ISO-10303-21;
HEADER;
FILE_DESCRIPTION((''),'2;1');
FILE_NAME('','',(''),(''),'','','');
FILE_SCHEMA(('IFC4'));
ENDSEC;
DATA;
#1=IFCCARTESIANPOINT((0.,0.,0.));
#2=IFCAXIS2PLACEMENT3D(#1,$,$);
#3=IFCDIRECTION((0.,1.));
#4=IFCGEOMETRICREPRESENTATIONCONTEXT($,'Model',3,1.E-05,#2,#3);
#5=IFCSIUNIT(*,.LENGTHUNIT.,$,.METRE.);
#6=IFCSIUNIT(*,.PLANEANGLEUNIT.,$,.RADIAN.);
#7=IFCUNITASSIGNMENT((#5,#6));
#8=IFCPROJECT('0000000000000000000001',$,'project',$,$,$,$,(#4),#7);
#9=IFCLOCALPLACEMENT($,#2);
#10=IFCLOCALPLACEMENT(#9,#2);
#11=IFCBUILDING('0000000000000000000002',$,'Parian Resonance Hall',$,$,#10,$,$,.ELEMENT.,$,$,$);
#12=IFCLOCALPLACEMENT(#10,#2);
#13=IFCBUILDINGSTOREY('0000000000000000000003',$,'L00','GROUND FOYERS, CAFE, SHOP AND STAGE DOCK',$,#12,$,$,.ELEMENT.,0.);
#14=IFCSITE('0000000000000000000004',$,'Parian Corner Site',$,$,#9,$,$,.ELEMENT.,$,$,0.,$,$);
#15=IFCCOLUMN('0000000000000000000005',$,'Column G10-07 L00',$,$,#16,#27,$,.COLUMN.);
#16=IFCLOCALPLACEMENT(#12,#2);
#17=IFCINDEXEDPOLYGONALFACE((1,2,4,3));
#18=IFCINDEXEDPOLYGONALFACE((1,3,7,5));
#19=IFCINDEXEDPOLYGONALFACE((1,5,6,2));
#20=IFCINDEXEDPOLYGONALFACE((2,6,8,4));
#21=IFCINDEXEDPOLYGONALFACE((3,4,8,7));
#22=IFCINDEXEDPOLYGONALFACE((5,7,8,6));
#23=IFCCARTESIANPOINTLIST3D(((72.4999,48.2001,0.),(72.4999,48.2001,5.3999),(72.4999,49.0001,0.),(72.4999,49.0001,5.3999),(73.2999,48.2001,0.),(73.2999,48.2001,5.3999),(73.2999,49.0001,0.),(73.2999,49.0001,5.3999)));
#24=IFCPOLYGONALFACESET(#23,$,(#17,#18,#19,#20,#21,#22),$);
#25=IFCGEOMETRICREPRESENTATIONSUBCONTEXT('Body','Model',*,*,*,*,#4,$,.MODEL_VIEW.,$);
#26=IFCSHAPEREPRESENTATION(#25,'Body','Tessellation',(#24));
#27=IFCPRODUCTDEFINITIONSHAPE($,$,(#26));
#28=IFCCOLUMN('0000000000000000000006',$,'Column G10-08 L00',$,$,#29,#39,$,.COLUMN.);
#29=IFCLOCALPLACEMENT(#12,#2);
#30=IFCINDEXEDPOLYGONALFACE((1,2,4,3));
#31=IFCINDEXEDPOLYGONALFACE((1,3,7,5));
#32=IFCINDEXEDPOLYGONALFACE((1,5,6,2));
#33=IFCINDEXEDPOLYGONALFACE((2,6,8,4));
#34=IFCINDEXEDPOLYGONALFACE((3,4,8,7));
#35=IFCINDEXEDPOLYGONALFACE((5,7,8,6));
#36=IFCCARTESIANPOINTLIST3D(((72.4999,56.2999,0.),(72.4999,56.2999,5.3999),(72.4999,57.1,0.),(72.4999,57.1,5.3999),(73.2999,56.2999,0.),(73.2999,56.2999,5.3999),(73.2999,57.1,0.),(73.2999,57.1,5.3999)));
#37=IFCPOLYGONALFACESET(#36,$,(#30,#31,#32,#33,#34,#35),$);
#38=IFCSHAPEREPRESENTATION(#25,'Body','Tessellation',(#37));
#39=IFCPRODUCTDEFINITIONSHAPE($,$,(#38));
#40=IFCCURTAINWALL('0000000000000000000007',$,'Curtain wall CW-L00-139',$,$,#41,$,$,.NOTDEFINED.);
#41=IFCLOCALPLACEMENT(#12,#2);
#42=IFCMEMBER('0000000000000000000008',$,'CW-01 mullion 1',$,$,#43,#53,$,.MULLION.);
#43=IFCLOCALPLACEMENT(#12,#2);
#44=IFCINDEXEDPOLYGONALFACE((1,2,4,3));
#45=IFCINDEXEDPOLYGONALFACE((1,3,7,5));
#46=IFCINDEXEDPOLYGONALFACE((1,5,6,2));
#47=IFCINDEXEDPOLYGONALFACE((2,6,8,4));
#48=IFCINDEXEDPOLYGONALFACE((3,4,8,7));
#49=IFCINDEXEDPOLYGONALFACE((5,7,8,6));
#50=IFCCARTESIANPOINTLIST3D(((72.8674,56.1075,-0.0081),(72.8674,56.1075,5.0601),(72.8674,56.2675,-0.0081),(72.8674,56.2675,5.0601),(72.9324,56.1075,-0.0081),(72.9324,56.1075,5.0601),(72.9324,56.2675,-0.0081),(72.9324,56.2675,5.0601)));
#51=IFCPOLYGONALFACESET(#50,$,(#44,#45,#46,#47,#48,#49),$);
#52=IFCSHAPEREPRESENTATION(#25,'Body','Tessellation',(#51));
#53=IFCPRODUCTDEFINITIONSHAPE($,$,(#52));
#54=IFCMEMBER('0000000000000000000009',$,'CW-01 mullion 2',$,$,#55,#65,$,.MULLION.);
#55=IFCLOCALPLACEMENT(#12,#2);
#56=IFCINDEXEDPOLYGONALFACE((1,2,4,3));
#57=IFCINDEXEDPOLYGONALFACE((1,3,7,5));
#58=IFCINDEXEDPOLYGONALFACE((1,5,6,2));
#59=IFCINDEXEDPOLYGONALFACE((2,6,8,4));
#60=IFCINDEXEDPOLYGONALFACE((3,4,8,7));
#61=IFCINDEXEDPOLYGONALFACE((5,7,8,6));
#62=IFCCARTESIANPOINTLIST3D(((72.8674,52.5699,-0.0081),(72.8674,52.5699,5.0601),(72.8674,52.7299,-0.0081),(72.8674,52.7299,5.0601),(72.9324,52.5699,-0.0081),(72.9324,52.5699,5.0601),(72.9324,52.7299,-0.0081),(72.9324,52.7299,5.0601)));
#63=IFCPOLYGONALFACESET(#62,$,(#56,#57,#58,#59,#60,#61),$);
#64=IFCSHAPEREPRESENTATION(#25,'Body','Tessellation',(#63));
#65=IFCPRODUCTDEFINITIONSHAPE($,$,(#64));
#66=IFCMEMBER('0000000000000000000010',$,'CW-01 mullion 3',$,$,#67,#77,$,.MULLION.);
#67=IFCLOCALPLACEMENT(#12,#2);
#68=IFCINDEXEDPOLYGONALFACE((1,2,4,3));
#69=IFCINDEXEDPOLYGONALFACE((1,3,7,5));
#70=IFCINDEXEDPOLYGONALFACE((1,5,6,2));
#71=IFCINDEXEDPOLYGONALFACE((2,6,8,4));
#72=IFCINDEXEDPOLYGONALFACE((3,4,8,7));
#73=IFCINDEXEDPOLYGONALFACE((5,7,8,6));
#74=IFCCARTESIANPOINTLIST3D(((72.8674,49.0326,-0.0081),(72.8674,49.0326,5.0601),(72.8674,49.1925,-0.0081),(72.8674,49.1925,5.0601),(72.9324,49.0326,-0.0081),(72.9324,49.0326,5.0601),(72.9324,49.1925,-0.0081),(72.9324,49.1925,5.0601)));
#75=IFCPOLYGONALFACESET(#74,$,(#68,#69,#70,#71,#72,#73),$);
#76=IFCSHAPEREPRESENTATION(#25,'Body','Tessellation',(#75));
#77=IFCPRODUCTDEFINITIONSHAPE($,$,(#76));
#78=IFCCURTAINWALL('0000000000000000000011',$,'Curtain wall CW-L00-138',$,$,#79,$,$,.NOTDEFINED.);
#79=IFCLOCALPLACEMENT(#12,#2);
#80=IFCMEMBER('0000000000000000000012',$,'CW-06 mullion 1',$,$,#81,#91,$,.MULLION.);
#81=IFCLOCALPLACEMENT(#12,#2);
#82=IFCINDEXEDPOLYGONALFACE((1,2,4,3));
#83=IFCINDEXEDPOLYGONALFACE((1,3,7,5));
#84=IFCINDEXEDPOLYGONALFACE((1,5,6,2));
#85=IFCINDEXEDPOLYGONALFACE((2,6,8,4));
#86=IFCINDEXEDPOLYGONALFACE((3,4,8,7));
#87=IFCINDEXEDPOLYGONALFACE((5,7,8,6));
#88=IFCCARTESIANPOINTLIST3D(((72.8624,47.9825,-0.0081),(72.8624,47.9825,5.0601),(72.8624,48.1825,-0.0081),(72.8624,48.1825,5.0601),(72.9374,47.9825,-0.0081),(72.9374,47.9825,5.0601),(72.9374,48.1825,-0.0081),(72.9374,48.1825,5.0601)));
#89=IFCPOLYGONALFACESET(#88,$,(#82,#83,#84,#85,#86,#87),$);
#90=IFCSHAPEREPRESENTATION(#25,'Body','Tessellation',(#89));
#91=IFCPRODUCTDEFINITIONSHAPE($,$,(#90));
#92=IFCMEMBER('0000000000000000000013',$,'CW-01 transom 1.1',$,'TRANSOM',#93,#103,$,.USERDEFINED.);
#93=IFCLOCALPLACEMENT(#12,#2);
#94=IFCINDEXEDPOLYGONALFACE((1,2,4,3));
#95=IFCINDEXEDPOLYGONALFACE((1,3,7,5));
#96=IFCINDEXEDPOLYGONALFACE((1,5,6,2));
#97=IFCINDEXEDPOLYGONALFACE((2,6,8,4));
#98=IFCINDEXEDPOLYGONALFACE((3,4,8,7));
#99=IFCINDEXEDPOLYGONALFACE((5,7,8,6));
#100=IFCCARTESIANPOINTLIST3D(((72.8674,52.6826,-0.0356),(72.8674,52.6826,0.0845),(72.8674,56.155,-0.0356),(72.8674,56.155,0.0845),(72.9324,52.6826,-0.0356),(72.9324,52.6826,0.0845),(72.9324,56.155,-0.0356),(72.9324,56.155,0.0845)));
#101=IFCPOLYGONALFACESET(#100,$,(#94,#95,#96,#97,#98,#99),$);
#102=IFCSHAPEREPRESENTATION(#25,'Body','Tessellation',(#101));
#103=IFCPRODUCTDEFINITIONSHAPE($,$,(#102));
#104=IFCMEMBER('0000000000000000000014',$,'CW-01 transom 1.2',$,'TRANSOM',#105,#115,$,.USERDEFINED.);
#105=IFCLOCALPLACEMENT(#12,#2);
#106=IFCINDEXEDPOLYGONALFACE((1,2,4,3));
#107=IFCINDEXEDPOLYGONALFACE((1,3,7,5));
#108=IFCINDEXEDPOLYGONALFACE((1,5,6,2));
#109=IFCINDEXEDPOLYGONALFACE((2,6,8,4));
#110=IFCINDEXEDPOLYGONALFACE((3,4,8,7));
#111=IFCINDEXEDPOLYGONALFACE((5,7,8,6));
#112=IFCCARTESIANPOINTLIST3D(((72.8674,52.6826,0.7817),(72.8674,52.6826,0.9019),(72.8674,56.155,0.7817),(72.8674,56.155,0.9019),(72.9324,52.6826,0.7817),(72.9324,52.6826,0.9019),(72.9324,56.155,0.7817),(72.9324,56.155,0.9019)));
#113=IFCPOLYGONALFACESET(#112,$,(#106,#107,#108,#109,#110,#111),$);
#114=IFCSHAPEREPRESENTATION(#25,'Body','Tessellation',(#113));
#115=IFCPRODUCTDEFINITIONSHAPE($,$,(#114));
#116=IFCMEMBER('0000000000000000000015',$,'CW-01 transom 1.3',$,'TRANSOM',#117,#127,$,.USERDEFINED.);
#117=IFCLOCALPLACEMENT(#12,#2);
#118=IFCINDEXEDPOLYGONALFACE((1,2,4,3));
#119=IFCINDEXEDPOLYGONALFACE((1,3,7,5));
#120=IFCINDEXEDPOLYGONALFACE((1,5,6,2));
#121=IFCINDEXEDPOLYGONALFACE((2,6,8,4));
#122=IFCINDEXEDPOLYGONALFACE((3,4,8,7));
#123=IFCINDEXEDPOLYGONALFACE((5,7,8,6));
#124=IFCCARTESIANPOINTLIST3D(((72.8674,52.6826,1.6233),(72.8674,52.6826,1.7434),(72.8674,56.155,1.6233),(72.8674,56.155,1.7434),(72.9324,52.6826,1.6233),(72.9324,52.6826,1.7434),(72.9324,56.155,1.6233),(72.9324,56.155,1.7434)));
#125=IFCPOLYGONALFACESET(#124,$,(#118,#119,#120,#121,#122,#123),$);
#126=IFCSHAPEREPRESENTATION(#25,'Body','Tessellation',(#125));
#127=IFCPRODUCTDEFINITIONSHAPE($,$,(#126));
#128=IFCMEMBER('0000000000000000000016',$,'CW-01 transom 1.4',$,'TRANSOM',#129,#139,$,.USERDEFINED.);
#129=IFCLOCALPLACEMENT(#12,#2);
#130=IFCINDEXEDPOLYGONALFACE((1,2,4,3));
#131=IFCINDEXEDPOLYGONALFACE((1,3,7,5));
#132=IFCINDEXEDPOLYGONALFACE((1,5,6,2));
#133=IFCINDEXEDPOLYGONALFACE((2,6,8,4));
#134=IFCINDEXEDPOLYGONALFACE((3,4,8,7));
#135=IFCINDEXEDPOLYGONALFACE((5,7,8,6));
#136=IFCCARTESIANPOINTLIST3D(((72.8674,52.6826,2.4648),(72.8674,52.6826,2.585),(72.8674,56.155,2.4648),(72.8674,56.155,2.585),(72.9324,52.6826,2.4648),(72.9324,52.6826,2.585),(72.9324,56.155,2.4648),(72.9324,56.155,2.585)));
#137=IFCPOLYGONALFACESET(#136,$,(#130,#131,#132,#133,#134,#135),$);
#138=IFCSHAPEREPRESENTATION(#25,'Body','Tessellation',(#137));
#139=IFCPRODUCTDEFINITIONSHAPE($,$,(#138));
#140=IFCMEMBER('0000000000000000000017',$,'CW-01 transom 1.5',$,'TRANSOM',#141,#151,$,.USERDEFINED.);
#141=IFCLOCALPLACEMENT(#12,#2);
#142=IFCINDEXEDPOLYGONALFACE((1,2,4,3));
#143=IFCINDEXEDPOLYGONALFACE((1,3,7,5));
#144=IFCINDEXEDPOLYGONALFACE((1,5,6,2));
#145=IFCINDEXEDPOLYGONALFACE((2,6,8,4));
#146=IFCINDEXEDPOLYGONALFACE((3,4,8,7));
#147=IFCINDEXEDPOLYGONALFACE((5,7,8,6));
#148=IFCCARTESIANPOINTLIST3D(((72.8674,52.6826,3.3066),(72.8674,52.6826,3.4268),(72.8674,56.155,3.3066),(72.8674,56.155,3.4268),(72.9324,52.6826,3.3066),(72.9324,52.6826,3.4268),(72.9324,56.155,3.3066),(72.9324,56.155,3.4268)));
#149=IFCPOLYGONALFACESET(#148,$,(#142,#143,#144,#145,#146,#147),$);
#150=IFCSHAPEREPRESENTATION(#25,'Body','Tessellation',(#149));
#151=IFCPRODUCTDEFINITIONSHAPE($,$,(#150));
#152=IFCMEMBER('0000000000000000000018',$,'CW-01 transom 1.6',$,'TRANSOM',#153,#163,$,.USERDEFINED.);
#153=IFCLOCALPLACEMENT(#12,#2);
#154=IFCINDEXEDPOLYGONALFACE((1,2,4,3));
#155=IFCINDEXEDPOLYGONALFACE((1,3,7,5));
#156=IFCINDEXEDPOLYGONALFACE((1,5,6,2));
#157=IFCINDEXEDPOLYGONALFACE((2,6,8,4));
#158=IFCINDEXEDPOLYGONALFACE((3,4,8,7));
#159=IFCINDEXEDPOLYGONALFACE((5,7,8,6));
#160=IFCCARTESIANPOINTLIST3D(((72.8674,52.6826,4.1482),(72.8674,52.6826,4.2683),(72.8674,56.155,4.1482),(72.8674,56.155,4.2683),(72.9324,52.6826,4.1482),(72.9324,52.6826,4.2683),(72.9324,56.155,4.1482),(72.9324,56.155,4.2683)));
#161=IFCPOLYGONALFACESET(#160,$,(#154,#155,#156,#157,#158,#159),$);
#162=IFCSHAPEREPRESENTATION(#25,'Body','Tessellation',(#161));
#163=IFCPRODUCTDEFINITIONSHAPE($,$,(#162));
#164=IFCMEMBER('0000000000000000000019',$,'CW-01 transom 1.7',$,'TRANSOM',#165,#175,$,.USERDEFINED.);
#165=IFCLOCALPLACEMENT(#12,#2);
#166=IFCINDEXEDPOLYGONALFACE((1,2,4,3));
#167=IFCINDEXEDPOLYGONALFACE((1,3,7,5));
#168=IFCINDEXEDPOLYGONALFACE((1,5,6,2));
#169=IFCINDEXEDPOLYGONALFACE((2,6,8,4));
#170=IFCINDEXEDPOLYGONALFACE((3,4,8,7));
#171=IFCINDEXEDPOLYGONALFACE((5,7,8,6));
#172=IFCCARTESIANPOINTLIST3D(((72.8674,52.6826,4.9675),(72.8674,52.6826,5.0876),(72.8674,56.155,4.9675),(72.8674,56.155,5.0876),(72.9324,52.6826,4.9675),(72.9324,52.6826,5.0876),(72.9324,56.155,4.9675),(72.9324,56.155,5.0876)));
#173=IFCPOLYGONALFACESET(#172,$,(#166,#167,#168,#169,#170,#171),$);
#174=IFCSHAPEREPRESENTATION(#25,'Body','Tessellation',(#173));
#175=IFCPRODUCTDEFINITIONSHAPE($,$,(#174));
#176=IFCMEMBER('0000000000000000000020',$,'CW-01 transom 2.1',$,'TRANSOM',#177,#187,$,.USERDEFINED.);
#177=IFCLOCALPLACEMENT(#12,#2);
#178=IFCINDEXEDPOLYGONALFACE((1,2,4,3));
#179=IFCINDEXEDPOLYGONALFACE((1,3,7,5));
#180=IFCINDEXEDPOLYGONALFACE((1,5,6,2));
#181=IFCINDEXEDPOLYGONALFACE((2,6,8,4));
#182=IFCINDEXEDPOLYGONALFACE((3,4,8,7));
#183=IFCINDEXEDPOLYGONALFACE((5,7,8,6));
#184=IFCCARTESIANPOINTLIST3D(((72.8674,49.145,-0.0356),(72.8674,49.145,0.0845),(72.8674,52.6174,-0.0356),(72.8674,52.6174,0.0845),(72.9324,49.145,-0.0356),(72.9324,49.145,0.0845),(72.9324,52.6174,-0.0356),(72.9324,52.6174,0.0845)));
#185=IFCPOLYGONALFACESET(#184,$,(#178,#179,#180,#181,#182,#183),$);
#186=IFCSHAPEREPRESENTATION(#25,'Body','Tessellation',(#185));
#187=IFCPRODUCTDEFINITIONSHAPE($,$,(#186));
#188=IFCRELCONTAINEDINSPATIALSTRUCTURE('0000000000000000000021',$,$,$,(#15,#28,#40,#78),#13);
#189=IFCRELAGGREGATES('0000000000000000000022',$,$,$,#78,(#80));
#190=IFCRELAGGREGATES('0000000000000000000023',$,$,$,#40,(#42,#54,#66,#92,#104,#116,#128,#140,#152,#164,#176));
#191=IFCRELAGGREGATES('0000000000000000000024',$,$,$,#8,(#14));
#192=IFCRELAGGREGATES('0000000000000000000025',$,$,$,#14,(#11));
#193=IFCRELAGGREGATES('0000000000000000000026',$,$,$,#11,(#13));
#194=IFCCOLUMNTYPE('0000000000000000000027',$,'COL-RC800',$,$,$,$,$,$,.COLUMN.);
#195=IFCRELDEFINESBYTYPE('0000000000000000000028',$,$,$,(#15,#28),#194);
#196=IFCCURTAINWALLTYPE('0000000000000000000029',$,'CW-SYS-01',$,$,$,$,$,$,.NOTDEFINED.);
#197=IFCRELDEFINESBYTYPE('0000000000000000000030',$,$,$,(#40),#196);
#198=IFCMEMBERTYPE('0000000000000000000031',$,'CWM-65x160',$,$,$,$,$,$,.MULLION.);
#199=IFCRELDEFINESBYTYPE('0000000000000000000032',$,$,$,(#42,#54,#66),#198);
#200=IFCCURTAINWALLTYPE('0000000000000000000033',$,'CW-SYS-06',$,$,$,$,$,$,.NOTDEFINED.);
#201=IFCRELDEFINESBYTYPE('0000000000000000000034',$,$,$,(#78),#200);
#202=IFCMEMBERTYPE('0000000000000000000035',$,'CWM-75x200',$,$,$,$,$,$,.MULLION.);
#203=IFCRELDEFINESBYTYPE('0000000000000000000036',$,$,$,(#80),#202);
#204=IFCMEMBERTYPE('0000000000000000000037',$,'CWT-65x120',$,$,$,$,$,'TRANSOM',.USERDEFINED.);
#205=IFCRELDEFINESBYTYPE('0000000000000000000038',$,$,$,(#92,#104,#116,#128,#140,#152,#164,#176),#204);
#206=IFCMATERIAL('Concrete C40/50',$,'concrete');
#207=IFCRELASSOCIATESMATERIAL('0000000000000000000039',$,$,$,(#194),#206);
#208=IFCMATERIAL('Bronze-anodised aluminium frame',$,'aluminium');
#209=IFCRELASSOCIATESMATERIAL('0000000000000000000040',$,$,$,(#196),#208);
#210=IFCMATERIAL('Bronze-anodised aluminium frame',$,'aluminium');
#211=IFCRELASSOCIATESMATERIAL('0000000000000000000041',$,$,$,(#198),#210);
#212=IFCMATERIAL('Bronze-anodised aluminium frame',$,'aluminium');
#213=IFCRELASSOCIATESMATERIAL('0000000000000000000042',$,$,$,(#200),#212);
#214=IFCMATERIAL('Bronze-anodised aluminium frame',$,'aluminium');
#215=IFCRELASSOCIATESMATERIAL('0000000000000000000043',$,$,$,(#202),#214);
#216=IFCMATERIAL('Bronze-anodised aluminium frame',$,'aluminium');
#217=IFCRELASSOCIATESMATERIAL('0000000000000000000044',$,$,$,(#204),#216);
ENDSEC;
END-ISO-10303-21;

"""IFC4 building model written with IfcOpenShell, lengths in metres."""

from ifc_helpers import new_model, si_unit, direction, frame, origin, origin_2d, place, context, subcontext, project, spatial, rectangle, extrude, material, material_profile, profile_set, type_object, element, aggregate, save


model = new_model("IFC4")

# Units and contexts
model_context = context("Model", 3, precision=1e-05, world=origin(), true_north=direction((0.0, 1.0)))
body_context = subcontext(model_context, "Body", "Model", "MODEL_VIEW")
ifc_project = project(units=[si_unit("LENGTHUNIT", "METRE"), si_unit("PLANEANGLEUNIT", "RADIAN")], contexts=[model_context])

# Site, building, storey
site_placement = place(None, origin())
site = spatial("IfcSite", under=ifc_project, at=site_placement, Name="Parian Corner Site", CompositionType="ELEMENT", RefElevation=0.0)
building_placement = place(site_placement, origin())
building = spatial("IfcBuilding", under=site, at=building_placement, Name="Parian Resonance Hall", CompositionType="ELEMENT")
storey_placement = place(building_placement, origin())
storey = spatial("IfcBuildingStorey", under=building, at=storey_placement, Name="L00", Description="GROUND FOYERS, CAFE, SHOP AND STAGE DOCK", CompositionType="ELEMENT", Elevation=0.0)

# Columns
ifc_material_1 = material(Name="Concrete C40/50", Category="concrete")
ifc_material_profile_1 = material_profile(ifc_material_1, rectangle(XDim=0.8, YDim=0.8, at=origin_2d()), Name="RC-COL-800x800")
ifc_profile_set_1 = profile_set([ifc_material_profile_1], Name="Concrete C40/50")
column_type = type_object("IfcColumnType", Name="COL-RC800", PredefinedType="COLUMN", material=ifc_profile_set_1)
for number, where, z_axis, x_axis, name in (
    (1, (72.8999, 48.6001, 0.0), (0.0, 0.0, 1.0), (1.0, 0.0, 0.0), "Column G10-07 L00"),
    (2, (72.8999, 56.7, 0.0), (0.0, 0.0, 1.0), (1.0, 0.0, 0.0), "Column G10-08 L00"),
):
    element("IfcColumn", number, at=place(storey_placement, frame(where, z_axis=z_axis, x_axis=x_axis)), inside=storey, type_object=column_type, Name=name, PredefinedType="COLUMN", context=body_context, shape_type="SweptSolid", body=[
        extrude(rectangle(XDim=0.8, YDim=0.8, at=origin_2d()), origin(), (0.0, 0.0, 1.0), 5.3999),
    ])

# Curtain wall, members
ifc_material_2 = material(Name="Bronze-anodised aluminium frame", Category="aluminium")
curtain_wall_type_1 = type_object("IfcCurtainWallType", Name="CW-SYS-01", PredefinedType="NOTDEFINED", material=ifc_material_2)
curtain_wall_1_placement = place(storey_placement, origin())
curtain_wall_1 = element("IfcCurtainWall", 3, at=curtain_wall_1_placement, inside=storey, type_object=curtain_wall_type_1, Name="Curtain wall CW-L00-139", PredefinedType="NOTDEFINED")
ifc_material_3 = material(Name="Bronze-anodised aluminium frame", Category="aluminium")
ifc_material_profile_2 = material_profile(ifc_material_3, rectangle(XDim=0.0649, YDim=0.1599, at=origin_2d()), Name="CWM-65x160")
ifc_profile_set_2 = profile_set([ifc_material_profile_2], Name="Bronze-anodised aluminium frame")
member_type_1 = type_object("IfcMemberType", Name="CWM-65x160", PredefinedType="MULLION", material=ifc_profile_set_2)
member_1_placement = place(storey_placement, frame((72.8999, 56.1875, -0.0081), z_axis=(0.0, 0.0, 1.0), x_axis=(1.0, 0.0, 0.0)))
member_1 = element("IfcMember", 4, at=member_1_placement, type_object=member_type_1, Name="CW-01 mullion 1", PredefinedType="MULLION", context=body_context, shape_type="SweptSolid", body=[
    extrude(rectangle(XDim=0.0649, YDim=0.1599, at=origin_2d()), origin(), (0.0, 0.0, 1.0), 5.0681),
])
member_2_placement = place(storey_placement, frame((72.8999, 52.6499, -0.0081), z_axis=(0.0, 0.0, 1.0), x_axis=(1.0, 0.0, 0.0)))
member_2 = element("IfcMember", 5, at=member_2_placement, type_object=member_type_1, Name="CW-01 mullion 2", PredefinedType="MULLION", context=body_context, shape_type="SweptSolid", body=[
    extrude(rectangle(XDim=0.0649, YDim=0.1599, at=origin_2d()), origin(), (0.0, 0.0, 1.0), 5.0681),
])
member_3_placement = place(storey_placement, frame((72.8999, 49.1125, -0.0081), z_axis=(0.0, 0.0, 1.0), x_axis=(1.0, 0.0, 0.0)))
member_3 = element("IfcMember", 6, at=member_3_placement, type_object=member_type_1, Name="CW-01 mullion 3", PredefinedType="MULLION", context=body_context, shape_type="SweptSolid", body=[
    extrude(rectangle(XDim=0.0649, YDim=0.1599, at=origin_2d()), origin(), (0.0, 0.0, 1.0), 5.0681),
])

# Curtain wall, member
ifc_material_4 = material(Name="Bronze-anodised aluminium frame", Category="aluminium")
curtain_wall_type_2 = type_object("IfcCurtainWallType", Name="CW-SYS-06", PredefinedType="NOTDEFINED", material=ifc_material_4)
curtain_wall_2_placement = place(storey_placement, origin())
curtain_wall_2 = element("IfcCurtainWall", 7, at=curtain_wall_2_placement, inside=storey, type_object=curtain_wall_type_2, Name="Curtain wall CW-L00-138", PredefinedType="NOTDEFINED")
ifc_material_5 = material(Name="Bronze-anodised aluminium frame", Category="aluminium")
ifc_material_profile_3 = material_profile(ifc_material_5, rectangle(XDim=0.075, YDim=0.2, at=origin_2d()), Name="CWM-75x200")
ifc_profile_set_3 = profile_set([ifc_material_profile_3], Name="Bronze-anodised aluminium frame")
member_type_2 = type_object("IfcMemberType", Name="CWM-75x200", PredefinedType="MULLION", material=ifc_profile_set_3)
member_4_placement = place(storey_placement, frame((72.8999, 48.0825, -0.0081), z_axis=(0.0, 0.0, 1.0), x_axis=(1.0, 0.0, 0.0)))
member_4 = element("IfcMember", 8, at=member_4_placement, type_object=member_type_2, Name="CW-06 mullion 1", PredefinedType="MULLION", context=body_context, shape_type="SweptSolid", body=[
    extrude(rectangle(XDim=0.075, YDim=0.2, at=origin_2d()), origin(), (0.0, 0.0, 1.0), 5.0681),
])

# Members
ifc_material_6 = material(Name="Bronze-anodised aluminium frame", Category="aluminium")
ifc_material_profile_4 = material_profile(ifc_material_6, rectangle(XDim=0.0649, YDim=0.1201, at=origin_2d()), Name="CWT-65x120")
ifc_profile_set_4 = profile_set([ifc_material_profile_4], Name="Bronze-anodised aluminium frame")
member_type_3 = type_object("IfcMemberType", Name="CWT-65x120", ElementType="TRANSOM", PredefinedType="USERDEFINED", material=ifc_profile_set_4)
member_5_placement = place(storey_placement, frame((72.8999, 56.155, 0.0244), z_axis=(0.0, -1.0, 0.0), x_axis=(1.0, 0.0, 0.0)))
member_5 = element("IfcMember", 9, at=member_5_placement, type_object=member_type_3, Name="CW-01 transom 1.1", ObjectType="TRANSOM", PredefinedType="USERDEFINED", context=body_context, shape_type="SweptSolid", body=[
    extrude(rectangle(XDim=0.0649, YDim=0.1201, at=origin_2d()), origin(), (0.0, 0.0, 1.0), 3.4724),
])
member_6_placement = place(storey_placement, frame((72.8999, 56.155, 0.8418), z_axis=(0.0, -1.0, 0.0), x_axis=(1.0, 0.0, 0.0)))
member_6 = element("IfcMember", 10, at=member_6_placement, type_object=member_type_3, Name="CW-01 transom 1.2", ObjectType="TRANSOM", PredefinedType="USERDEFINED", context=body_context, shape_type="SweptSolid", body=[
    extrude(rectangle(XDim=0.0649, YDim=0.1201, at=origin_2d()), origin(), (0.0, 0.0, 1.0), 3.4724),
])
member_7_placement = place(storey_placement, frame((72.8999, 56.155, 1.6833), z_axis=(0.0, -1.0, 0.0), x_axis=(1.0, 0.0, 0.0)))
member_7 = element("IfcMember", 11, at=member_7_placement, type_object=member_type_3, Name="CW-01 transom 1.3", ObjectType="TRANSOM", PredefinedType="USERDEFINED", context=body_context, shape_type="SweptSolid", body=[
    extrude(rectangle(XDim=0.0649, YDim=0.1201, at=origin_2d()), origin(), (0.0, 0.0, 1.0), 3.4724),
])
member_8_placement = place(storey_placement, frame((72.8999, 56.155, 2.5249), z_axis=(0.0, -1.0, 0.0), x_axis=(1.0, 0.0, 0.0)))
member_8 = element("IfcMember", 12, at=member_8_placement, type_object=member_type_3, Name="CW-01 transom 1.4", ObjectType="TRANSOM", PredefinedType="USERDEFINED", context=body_context, shape_type="SweptSolid", body=[
    extrude(rectangle(XDim=0.0649, YDim=0.1201, at=origin_2d()), origin(), (0.0, 0.0, 1.0), 3.4724),
])
member_9_placement = place(storey_placement, frame((72.8999, 56.155, 3.3667), z_axis=(0.0, -1.0, 0.0), x_axis=(1.0, 0.0, 0.0)))
member_9 = element("IfcMember", 13, at=member_9_placement, type_object=member_type_3, Name="CW-01 transom 1.5", ObjectType="TRANSOM", PredefinedType="USERDEFINED", context=body_context, shape_type="SweptSolid", body=[
    extrude(rectangle(XDim=0.0649, YDim=0.1201, at=origin_2d()), origin(), (0.0, 0.0, 1.0), 3.4724),
])
member_10_placement = place(storey_placement, frame((72.8999, 56.155, 4.2083), z_axis=(0.0, -1.0, 0.0), x_axis=(1.0, 0.0, 0.0)))
member_10 = element("IfcMember", 14, at=member_10_placement, type_object=member_type_3, Name="CW-01 transom 1.6", ObjectType="TRANSOM", PredefinedType="USERDEFINED", context=body_context, shape_type="SweptSolid", body=[
    extrude(rectangle(XDim=0.0649, YDim=0.1201, at=origin_2d()), origin(), (0.0, 0.0, 1.0), 3.4724),
])
member_11_placement = place(storey_placement, frame((72.8999, 56.155, 5.0276), z_axis=(0.0, -1.0, 0.0), x_axis=(1.0, 0.0, 0.0)))
member_11 = element("IfcMember", 15, at=member_11_placement, type_object=member_type_3, Name="CW-01 transom 1.7", ObjectType="TRANSOM", PredefinedType="USERDEFINED", context=body_context, shape_type="SweptSolid", body=[
    extrude(rectangle(XDim=0.0649, YDim=0.1201, at=origin_2d()), origin(), (0.0, 0.0, 1.0), 3.4724),
])
member_12_placement = place(storey_placement, frame((72.8999, 52.6174, 0.0244), z_axis=(0.0, -1.0, 0.0), x_axis=(1.0, 0.0, 0.0)))
member_12 = element("IfcMember", 16, at=member_12_placement, type_object=member_type_3, Name="CW-01 transom 2.1", ObjectType="TRANSOM", PredefinedType="USERDEFINED", context=body_context, shape_type="SweptSolid", body=[
    extrude(rectangle(XDim=0.0649, YDim=0.1201, at=origin_2d()), origin(), (0.0, 0.0, 1.0), 3.4724),
])
aggregate(curtain_wall_2, [member_4])

aggregate(curtain_wall_1, [member_1, member_2, member_3, member_5, member_6, member_7, member_8, member_9, member_10, member_11, member_12])

save(model, "model.ifc")
